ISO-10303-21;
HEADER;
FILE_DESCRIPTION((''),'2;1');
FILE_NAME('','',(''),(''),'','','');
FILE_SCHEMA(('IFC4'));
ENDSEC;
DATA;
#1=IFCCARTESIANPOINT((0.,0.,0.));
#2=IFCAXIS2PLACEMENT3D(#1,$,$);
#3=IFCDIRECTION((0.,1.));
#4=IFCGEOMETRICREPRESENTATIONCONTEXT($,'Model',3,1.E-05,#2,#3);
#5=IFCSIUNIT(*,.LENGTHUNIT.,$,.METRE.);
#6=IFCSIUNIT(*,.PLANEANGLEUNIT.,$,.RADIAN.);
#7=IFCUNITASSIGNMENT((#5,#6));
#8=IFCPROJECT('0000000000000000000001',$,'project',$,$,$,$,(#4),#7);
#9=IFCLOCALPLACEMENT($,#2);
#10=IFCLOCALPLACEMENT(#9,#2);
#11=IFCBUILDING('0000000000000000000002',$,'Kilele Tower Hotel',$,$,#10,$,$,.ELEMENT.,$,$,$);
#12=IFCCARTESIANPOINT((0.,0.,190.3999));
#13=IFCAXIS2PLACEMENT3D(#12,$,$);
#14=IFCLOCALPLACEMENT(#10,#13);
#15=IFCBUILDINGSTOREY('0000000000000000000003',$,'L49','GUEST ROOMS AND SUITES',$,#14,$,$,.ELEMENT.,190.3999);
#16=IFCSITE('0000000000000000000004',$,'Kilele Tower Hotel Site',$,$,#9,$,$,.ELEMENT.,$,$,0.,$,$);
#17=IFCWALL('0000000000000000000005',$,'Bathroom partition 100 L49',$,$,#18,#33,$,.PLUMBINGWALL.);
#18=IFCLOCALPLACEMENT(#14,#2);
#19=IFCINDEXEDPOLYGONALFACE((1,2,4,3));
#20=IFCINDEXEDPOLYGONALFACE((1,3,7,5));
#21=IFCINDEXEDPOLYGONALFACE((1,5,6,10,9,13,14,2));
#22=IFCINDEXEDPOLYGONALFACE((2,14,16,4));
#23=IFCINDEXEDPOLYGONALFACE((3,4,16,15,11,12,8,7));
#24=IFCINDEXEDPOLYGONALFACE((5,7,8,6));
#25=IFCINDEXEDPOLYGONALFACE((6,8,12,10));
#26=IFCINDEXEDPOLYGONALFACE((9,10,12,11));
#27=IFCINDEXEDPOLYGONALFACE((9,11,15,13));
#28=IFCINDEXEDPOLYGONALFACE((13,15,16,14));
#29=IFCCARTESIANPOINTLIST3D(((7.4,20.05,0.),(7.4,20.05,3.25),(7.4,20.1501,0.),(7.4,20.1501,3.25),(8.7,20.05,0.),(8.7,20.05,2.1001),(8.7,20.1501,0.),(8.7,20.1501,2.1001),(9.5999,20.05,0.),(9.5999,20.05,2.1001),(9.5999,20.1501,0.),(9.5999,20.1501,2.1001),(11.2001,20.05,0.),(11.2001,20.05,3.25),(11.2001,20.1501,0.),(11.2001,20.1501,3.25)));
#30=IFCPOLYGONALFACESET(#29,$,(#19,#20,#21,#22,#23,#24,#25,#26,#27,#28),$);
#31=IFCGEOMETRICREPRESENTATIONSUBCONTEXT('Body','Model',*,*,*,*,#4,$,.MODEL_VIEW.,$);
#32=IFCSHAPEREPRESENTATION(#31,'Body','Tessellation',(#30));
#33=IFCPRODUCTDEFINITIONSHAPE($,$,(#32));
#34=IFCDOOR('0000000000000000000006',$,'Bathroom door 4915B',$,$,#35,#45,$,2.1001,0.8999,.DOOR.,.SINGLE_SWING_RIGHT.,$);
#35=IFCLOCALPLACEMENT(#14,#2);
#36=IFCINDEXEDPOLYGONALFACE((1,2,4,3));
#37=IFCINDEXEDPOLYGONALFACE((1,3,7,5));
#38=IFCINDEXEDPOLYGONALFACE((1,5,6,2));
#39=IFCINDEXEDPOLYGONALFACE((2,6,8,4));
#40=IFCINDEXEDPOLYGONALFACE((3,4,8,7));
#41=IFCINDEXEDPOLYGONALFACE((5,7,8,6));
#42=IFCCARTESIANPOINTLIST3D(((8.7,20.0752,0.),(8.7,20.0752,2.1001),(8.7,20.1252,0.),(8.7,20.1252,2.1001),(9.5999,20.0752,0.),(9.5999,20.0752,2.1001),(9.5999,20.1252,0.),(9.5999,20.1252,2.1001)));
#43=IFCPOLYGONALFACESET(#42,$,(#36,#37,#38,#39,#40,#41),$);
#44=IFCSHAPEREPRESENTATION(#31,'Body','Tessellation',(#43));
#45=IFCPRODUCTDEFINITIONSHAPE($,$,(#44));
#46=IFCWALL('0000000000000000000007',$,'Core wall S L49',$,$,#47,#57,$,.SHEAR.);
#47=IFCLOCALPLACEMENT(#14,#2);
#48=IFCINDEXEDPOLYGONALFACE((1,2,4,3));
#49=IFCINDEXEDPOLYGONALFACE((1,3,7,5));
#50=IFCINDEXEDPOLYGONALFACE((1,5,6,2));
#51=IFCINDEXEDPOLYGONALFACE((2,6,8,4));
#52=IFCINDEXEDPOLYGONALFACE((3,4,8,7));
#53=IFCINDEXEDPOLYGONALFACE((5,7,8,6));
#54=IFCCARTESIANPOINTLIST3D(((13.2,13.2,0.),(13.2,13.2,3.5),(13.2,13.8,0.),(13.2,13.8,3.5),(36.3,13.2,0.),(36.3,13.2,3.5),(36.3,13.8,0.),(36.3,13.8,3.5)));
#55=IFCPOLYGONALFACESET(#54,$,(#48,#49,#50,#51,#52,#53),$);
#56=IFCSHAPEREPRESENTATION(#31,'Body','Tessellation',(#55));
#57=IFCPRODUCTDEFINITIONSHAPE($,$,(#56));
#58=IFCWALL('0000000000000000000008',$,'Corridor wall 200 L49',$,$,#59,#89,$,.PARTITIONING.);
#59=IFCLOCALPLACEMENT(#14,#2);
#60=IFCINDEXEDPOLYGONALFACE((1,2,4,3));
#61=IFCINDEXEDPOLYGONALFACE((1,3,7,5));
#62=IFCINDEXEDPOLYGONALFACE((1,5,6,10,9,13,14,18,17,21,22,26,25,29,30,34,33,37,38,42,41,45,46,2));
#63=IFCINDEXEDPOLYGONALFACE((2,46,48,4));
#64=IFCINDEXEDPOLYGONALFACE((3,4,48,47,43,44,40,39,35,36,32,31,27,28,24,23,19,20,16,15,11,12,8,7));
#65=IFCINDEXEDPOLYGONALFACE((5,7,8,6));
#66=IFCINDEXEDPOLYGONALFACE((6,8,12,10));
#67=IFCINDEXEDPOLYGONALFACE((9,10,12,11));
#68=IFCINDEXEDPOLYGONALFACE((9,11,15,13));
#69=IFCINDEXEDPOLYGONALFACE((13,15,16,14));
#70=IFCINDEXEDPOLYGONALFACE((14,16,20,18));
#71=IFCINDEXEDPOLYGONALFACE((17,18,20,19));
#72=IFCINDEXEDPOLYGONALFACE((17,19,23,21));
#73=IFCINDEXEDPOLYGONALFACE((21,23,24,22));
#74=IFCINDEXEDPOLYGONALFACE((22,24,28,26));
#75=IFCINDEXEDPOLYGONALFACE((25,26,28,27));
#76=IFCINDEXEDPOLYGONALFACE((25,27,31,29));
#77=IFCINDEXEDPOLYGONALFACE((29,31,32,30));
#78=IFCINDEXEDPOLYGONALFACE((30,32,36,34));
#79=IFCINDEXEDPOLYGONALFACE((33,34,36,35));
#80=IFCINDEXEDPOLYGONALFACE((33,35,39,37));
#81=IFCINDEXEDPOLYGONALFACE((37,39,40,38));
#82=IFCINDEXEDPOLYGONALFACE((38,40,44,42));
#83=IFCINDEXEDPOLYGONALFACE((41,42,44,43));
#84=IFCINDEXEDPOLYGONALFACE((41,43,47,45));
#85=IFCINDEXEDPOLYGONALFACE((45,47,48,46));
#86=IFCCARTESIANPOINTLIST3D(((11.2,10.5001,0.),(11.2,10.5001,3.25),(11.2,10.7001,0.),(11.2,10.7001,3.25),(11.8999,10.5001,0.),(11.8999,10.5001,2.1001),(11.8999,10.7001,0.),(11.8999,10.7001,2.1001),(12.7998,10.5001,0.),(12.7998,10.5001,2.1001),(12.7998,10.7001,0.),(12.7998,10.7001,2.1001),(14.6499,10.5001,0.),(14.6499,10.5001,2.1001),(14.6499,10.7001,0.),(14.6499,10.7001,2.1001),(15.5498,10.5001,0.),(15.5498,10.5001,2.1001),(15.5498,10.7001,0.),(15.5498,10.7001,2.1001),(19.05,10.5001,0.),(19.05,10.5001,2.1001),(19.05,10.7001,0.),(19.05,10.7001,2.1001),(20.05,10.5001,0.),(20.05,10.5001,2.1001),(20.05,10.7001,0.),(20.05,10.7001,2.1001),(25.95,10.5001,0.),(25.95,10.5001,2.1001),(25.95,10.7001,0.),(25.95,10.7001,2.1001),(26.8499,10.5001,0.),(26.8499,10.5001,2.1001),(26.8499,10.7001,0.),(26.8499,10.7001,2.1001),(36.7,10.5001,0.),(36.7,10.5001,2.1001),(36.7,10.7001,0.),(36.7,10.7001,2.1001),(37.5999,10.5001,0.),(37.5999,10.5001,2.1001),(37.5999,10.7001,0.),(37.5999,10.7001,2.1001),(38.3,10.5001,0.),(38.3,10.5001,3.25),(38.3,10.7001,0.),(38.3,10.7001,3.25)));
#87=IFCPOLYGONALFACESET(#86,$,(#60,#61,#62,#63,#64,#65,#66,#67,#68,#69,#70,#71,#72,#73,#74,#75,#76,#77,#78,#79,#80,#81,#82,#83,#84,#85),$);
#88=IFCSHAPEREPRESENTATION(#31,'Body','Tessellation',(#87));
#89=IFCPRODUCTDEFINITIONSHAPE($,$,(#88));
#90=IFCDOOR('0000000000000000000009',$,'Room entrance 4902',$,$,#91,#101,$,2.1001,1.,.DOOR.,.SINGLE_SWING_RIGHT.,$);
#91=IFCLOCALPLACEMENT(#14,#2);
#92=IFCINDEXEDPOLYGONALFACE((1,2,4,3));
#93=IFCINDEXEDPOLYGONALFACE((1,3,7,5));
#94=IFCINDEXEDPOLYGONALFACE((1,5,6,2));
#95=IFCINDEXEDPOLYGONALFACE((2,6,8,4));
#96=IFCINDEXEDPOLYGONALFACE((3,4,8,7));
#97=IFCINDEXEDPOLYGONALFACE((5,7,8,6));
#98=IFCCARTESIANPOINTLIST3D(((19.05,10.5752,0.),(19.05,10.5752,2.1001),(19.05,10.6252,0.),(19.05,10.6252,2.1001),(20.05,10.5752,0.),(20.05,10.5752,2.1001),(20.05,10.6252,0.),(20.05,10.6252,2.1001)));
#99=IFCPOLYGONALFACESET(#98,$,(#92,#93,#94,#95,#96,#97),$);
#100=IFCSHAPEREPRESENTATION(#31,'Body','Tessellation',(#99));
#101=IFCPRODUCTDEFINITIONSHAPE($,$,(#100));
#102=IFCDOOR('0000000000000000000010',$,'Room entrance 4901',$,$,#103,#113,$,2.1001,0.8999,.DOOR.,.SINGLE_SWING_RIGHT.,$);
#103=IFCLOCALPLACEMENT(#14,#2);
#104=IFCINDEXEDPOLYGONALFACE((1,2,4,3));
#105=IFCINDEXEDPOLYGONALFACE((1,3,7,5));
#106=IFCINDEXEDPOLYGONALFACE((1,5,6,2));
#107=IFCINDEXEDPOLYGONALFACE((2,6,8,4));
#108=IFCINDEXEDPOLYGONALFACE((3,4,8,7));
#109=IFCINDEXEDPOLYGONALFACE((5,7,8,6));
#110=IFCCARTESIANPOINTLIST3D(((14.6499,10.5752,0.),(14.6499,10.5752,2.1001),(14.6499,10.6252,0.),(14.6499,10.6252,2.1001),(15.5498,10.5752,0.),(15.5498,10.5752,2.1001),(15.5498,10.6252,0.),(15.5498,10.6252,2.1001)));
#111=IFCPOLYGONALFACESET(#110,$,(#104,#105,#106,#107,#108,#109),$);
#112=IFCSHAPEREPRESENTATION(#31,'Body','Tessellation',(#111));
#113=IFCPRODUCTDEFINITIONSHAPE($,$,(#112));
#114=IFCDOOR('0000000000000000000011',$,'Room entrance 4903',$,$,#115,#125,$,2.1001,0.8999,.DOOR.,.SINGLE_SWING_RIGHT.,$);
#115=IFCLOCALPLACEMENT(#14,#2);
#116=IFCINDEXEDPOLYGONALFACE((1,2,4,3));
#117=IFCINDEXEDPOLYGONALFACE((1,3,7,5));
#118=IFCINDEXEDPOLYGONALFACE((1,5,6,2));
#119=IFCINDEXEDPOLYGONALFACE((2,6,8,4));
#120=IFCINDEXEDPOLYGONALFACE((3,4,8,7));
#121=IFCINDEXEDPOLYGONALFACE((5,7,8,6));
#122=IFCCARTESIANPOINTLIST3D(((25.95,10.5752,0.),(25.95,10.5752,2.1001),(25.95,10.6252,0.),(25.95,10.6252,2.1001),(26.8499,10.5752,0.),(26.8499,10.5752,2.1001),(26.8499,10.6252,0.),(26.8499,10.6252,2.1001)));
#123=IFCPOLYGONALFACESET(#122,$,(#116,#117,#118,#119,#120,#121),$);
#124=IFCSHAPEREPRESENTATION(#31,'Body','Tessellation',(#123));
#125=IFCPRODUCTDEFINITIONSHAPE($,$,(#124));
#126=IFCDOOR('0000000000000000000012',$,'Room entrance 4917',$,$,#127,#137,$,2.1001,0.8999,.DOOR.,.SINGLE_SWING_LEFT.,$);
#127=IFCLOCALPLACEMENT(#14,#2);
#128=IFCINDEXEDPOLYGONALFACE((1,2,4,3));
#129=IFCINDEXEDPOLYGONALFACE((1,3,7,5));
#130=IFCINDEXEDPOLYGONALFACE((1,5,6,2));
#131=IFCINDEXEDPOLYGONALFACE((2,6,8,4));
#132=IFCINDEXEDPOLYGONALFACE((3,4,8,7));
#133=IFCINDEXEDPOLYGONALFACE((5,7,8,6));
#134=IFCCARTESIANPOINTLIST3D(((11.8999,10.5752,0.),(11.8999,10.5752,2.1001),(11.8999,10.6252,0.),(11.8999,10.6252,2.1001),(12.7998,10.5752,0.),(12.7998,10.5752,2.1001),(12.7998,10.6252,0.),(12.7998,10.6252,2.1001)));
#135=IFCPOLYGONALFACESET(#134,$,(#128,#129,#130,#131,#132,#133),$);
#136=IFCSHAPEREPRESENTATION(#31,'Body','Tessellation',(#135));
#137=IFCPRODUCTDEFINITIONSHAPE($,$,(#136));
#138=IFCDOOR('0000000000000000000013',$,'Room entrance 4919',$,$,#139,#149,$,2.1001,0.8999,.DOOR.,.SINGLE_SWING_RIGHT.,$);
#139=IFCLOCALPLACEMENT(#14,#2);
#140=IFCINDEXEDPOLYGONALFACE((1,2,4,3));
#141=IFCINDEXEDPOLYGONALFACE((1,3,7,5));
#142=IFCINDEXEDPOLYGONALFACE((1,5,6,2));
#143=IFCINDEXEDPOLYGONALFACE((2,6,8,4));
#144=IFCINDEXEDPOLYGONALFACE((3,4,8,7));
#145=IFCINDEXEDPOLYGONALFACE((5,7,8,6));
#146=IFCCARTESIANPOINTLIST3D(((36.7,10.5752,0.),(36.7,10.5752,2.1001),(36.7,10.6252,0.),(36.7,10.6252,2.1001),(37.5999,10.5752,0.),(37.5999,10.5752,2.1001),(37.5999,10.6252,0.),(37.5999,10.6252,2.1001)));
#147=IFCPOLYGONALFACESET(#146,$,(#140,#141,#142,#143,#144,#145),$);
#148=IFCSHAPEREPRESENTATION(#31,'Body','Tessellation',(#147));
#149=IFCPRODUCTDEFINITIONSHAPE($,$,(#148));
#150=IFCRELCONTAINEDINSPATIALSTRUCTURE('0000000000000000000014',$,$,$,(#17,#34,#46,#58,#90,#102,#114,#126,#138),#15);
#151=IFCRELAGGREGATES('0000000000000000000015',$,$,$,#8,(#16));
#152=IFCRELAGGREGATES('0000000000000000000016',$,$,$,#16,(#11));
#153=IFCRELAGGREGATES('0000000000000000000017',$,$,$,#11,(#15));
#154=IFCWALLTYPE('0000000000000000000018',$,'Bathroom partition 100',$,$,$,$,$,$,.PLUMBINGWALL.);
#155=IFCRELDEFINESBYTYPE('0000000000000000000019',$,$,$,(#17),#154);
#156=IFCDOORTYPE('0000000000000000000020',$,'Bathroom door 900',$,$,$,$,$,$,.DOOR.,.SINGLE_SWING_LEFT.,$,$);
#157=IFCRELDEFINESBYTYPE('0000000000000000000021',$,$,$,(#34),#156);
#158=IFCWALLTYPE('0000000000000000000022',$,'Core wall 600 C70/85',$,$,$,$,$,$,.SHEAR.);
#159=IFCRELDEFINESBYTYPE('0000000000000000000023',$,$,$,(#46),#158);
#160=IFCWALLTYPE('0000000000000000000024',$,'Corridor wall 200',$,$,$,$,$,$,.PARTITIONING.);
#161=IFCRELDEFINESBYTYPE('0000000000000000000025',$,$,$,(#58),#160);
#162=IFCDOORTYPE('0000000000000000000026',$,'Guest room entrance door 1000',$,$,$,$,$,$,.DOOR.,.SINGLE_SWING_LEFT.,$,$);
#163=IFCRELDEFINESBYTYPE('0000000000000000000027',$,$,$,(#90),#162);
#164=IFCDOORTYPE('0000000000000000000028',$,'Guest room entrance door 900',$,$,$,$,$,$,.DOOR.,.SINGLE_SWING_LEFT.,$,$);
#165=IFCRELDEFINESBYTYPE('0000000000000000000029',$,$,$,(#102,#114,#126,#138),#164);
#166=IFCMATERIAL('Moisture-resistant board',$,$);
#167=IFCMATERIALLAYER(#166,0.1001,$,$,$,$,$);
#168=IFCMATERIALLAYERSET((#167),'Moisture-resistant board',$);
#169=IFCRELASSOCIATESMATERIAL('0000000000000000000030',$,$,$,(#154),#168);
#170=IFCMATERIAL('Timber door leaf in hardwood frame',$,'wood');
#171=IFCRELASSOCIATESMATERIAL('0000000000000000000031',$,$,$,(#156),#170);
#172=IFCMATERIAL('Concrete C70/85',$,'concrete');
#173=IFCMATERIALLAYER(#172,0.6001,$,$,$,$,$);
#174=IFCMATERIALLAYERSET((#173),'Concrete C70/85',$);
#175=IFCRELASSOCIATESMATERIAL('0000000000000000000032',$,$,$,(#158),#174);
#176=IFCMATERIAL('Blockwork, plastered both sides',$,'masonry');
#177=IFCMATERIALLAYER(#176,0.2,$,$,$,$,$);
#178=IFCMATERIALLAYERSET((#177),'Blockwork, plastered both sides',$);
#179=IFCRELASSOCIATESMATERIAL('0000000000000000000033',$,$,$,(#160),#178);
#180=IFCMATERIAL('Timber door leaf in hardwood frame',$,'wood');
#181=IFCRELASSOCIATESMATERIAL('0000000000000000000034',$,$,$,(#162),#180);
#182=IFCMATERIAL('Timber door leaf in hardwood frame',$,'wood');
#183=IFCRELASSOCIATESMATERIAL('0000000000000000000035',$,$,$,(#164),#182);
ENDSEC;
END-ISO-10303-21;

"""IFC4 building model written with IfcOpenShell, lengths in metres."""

from ifc_helpers import new_model, si_unit, direction, frame, frame_2d, origin, place, context, subcontext, project, spatial, rectangle, extrude, material, layer, layer_set, type_object, element, fill, save


model = new_model("IFC4")

# Units and contexts
model_context = context("Model", 3, precision=1e-05, world=origin(), true_north=direction((0.0, 1.0)))
body_context = subcontext(model_context, "Body", "Model", "MODEL_VIEW")
ifc_project = project(units=[si_unit("LENGTHUNIT", "METRE"), si_unit("PLANEANGLEUNIT", "RADIAN")], contexts=[model_context])

# Site, building, storey
site_placement = place(None, origin())
site = spatial("IfcSite", under=ifc_project, at=site_placement, Name="Kilele Tower Hotel Site", CompositionType="ELEMENT", RefElevation=0.0)
building_placement = place(site_placement, origin())
building = spatial("IfcBuilding", under=site, at=building_placement, Name="Kilele Tower Hotel", CompositionType="ELEMENT")
storey_placement = place(building_placement, frame((0.0, 0.0, 190.3999)))
storey = spatial("IfcBuildingStorey", under=building, at=storey_placement, Name="L49", Description="GUEST ROOMS AND SUITES", CompositionType="ELEMENT", Elevation=190.3999)

# Wall, opening, door
ifc_material_1 = material(Name="Moisture-resistant board")
ifc_layer_1 = layer(ifc_material_1, 0.1001)
ifc_layer_set_1 = layer_set([ifc_layer_1], Name="Moisture-resistant board")
wall_type_1 = type_object("IfcWallType", Name="Bathroom partition 100", PredefinedType="PLUMBINGWALL", material=ifc_layer_set_1)
wall_1_placement = place(storey_placement, frame((11.2, 20.1001, 0.0), z_axis=(0.0, 0.0, 1.0), x_axis=(-1.0, 0.0, 0.0)))
wall_1 = element("IfcWall", 1, at=wall_1_placement, inside=storey, type_object=wall_type_1, Name="Bathroom partition 100 L49", PredefinedType="PLUMBINGWALL", context=body_context, shape_type="SweptSolid", body=[
    extrude(rectangle(XDim=3.8, YDim=0.1001, at=frame_2d((1.8999, 0.0))), origin(), (0.0, 0.0, 1.0), 3.25),
])
opening_1_placement = place(wall_1_placement, frame((1.6001, 0.0, 0.0)))
opening_1 = element("IfcOpeningElement", 2, at=opening_1_placement, cuts=wall_1, PredefinedType="OPENING", context=body_context, shape_type="SweptSolid", body=[
    extrude(rectangle(XDim=0.8999, YDim=2.1001, at=frame_2d((0.45, 1.05))), frame((0.0, 0.0601, 0.0), z_axis=(0.0, -1.0, 0.0), x_axis=(1.0, 0.0, 0.0)), (0.0, 0.0, 1.0), 0.1201),
])
ifc_material_2 = material(Name="Timber door leaf in hardwood frame", Category="wood")
door_type_1 = type_object("IfcDoorType", Name="Bathroom door 900", OperationType="SINGLE_SWING_LEFT", PredefinedType="DOOR", material=ifc_material_2)
door_1_placement = place(opening_1_placement, origin())
door_1 = element("IfcDoor", 3, at=door_1_placement, inside=storey, type_object=door_type_1, Name="Bathroom door 4915B", OperationType="SINGLE_SWING_RIGHT", OverallHeight=2.1001, OverallWidth=0.8999, PredefinedType="DOOR", context=body_context, shape_type="SweptSolid", body=[
    extrude(rectangle(XDim=0.8999, YDim=2.1001, at=frame_2d((0.45, 1.05))), frame((0.0, 0.0249, 0.0), z_axis=(0.0, -1.0, 0.0), x_axis=(1.0, 0.0, 0.0)), (0.0, 0.0, 1.0), 0.05),
])
fill(opening_1, door_1)

# Wall
ifc_material_3 = material(Name="Concrete C70/85", Category="concrete")
ifc_layer_2 = layer(ifc_material_3, 0.6001)
ifc_layer_set_2 = layer_set([ifc_layer_2], Name="Concrete C70/85")
wall_type_2 = type_object("IfcWallType", Name="Core wall 600 C70/85", PredefinedType="SHEAR", material=ifc_layer_set_2)
wall_2_placement = place(storey_placement, frame((13.2, 13.5, 0.0), z_axis=(0.0, 0.0, 1.0), x_axis=(1.0, 0.0, 0.0)))
element("IfcWall", 4, at=wall_2_placement, inside=storey, type_object=wall_type_2, Name="Core wall S L49", PredefinedType="SHEAR", context=body_context, shape_type="SweptSolid", body=[
    extrude(rectangle(XDim=23.1001, YDim=0.6001, at=frame_2d((11.55, 0.0))), origin(), (0.0, 0.0, 1.0), 3.5),
])

# Wall, openings, doors
ifc_material_4 = material(Name="Blockwork, plastered both sides", Category="masonry")
ifc_layer_3 = layer(ifc_material_4, 0.2)
ifc_layer_set_3 = layer_set([ifc_layer_3], Name="Blockwork, plastered both sides")
wall_type_3 = type_object("IfcWallType", Name="Corridor wall 200", PredefinedType="PARTITIONING", material=ifc_layer_set_3)
wall_3_placement = place(storey_placement, frame((11.2, 10.6001, 0.0), z_axis=(0.0, 0.0, 1.0), x_axis=(1.0, 0.0, 0.0)))
wall_3 = element("IfcWall", 5, at=wall_3_placement, inside=storey, type_object=wall_type_3, Name="Corridor wall 200 L49", PredefinedType="PARTITIONING", context=body_context, shape_type="SweptSolid", body=[
    extrude(rectangle(XDim=27.1001, YDim=0.2, at=frame_2d((13.55, 0.0))), origin(), (0.0, 0.0, 1.0), 3.25),
])
opening_2_placement = place(wall_3_placement, frame((4.3499, 0.0, 0.0), z_axis=(0.0, 0.0, 1.0), x_axis=(-1.0, 0.0, 0.0)))
opening_2 = element("IfcOpeningElement", 6, at=opening_2_placement, cuts=wall_3, PredefinedType="OPENING", context=body_context, shape_type="SweptSolid", body=[
    extrude(rectangle(XDim=0.8999, YDim=2.1001, at=frame_2d((0.45, 1.05))), frame((0.0, 0.1099, 0.0), z_axis=(0.0, -1.0, 0.0), x_axis=(1.0, 0.0, 0.0)), (0.0, 0.0, 1.0), 0.22),
])
opening_3_placement = place(wall_3_placement, frame((8.8501, 0.0, 0.0), z_axis=(0.0, 0.0, 1.0), x_axis=(-1.0, 0.0, 0.0)))
opening_3 = element("IfcOpeningElement", 7, at=opening_3_placement, cuts=wall_3, PredefinedType="OPENING", context=body_context, shape_type="SweptSolid", body=[
    extrude(rectangle(XDim=1.0, YDim=2.1001, at=frame_2d((0.5, 1.05))), frame((0.0, 0.1099, 0.0), z_axis=(0.0, -1.0, 0.0), x_axis=(1.0, 0.0, 0.0)), (0.0, 0.0, 1.0), 0.22),
])
opening_4_placement = place(wall_3_placement, frame((15.6499, 0.0, 0.0), z_axis=(0.0, 0.0, 1.0), x_axis=(-1.0, 0.0, 0.0)))
opening_4 = element("IfcOpeningElement", 8, at=opening_4_placement, cuts=wall_3, PredefinedType="OPENING", context=body_context, shape_type="SweptSolid", body=[
    extrude(rectangle(XDim=0.8999, YDim=2.1001, at=frame_2d((0.45, 1.05))), frame((0.0, 0.1099, 0.0), z_axis=(0.0, -1.0, 0.0), x_axis=(1.0, 0.0, 0.0)), (0.0, 0.0, 1.0), 0.22),
])
opening_5_placement = place(wall_3_placement, frame((1.5999, 0.0, 0.0), z_axis=(0.0, 0.0, 1.0), x_axis=(-1.0, 0.0, 0.0)))
opening_5 = element("IfcOpeningElement", 9, at=opening_5_placement, cuts=wall_3, PredefinedType="OPENING", context=body_context, shape_type="SweptSolid", body=[
    extrude(rectangle(XDim=0.8999, YDim=2.1001, at=frame_2d((0.45, 1.05))), frame((0.0, 0.1099, 0.0), z_axis=(0.0, -1.0, 0.0), x_axis=(1.0, 0.0, 0.0)), (0.0, 0.0, 1.0), 0.22),
])
opening_6_placement = place(wall_3_placement, frame((26.3999, 0.0, 0.0), z_axis=(0.0, 0.0, 1.0), x_axis=(-1.0, 0.0, 0.0)))
opening_6 = element("IfcOpeningElement", 10, at=opening_6_placement, cuts=wall_3, PredefinedType="OPENING", context=body_context, shape_type="SweptSolid", body=[
    extrude(rectangle(XDim=0.8999, YDim=2.1001, at=frame_2d((0.45, 1.05))), frame((0.0, 0.1099, 0.0), z_axis=(0.0, -1.0, 0.0), x_axis=(1.0, 0.0, 0.0)), (0.0, 0.0, 1.0), 0.22),
])
ifc_material_5 = material(Name="Timber door leaf in hardwood frame", Category="wood")
door_type_2 = type_object("IfcDoorType", Name="Guest room entrance door 1000", OperationType="SINGLE_SWING_LEFT", PredefinedType="DOOR", material=ifc_material_5)
door_2_placement = place(opening_3_placement, origin())
door_2 = element("IfcDoor", 11, at=door_2_placement, inside=storey, type_object=door_type_2, Name="Room entrance 4902", OperationType="SINGLE_SWING_RIGHT", OverallHeight=2.1001, OverallWidth=1.0, PredefinedType="DOOR", context=body_context, shape_type="SweptSolid", body=[
    extrude(rectangle(XDim=1.0, YDim=2.1001, at=frame_2d((0.5, 1.05))), frame((0.0, 0.0249, 0.0), z_axis=(0.0, -1.0, 0.0), x_axis=(1.0, 0.0, 0.0)), (0.0, 0.0, 1.0), 0.05),
])
fill(opening_3, door_2)
ifc_material_6 = material(Name="Timber door leaf in hardwood frame", Category="wood")
door_type_3 = type_object("IfcDoorType", Name="Guest room entrance door 900", OperationType="SINGLE_SWING_LEFT", PredefinedType="DOOR", material=ifc_material_6)
door_3_placement = place(opening_2_placement, origin())
door_3 = element("IfcDoor", 12, at=door_3_placement, inside=storey, type_object=door_type_3, Name="Room entrance 4901", OperationType="SINGLE_SWING_RIGHT", OverallHeight=2.1001, OverallWidth=0.8999, PredefinedType="DOOR", context=body_context, shape_type="SweptSolid", body=[
    extrude(rectangle(XDim=0.8999, YDim=2.1001, at=frame_2d((0.45, 1.05))), frame((0.0, 0.0249, 0.0), z_axis=(0.0, -1.0, 0.0), x_axis=(1.0, 0.0, 0.0)), (0.0, 0.0, 1.0), 0.05),
])
fill(opening_2, door_3)
door_4_placement = place(opening_4_placement, origin())
door_4 = element("IfcDoor", 13, at=door_4_placement, inside=storey, type_object=door_type_3, Name="Room entrance 4903", OperationType="SINGLE_SWING_RIGHT", OverallHeight=2.1001, OverallWidth=0.8999, PredefinedType="DOOR", context=body_context, shape_type="SweptSolid", body=[
    extrude(rectangle(XDim=0.8999, YDim=2.1001, at=frame_2d((0.45, 1.05))), frame((0.0, 0.0249, 0.0), z_axis=(0.0, -1.0, 0.0), x_axis=(1.0, 0.0, 0.0)), (0.0, 0.0, 1.0), 0.05),
])
fill(opening_4, door_4)
door_5_placement = place(opening_5_placement, origin())
door_5 = element("IfcDoor", 14, at=door_5_placement, inside=storey, type_object=door_type_3, Name="Room entrance 4917", OperationType="SINGLE_SWING_LEFT", OverallHeight=2.1001, OverallWidth=0.8999, PredefinedType="DOOR", context=body_context, shape_type="SweptSolid", body=[
    extrude(rectangle(XDim=0.8999, YDim=2.1001, at=frame_2d((0.45, 1.05))), frame((0.0, 0.0249, 0.0), z_axis=(0.0, -1.0, 0.0), x_axis=(1.0, 0.0, 0.0)), (0.0, 0.0, 1.0), 0.05),
])
fill(opening_5, door_5)
door_6_placement = place(opening_6_placement, origin())
door_6 = element("IfcDoor", 15, at=door_6_placement, inside=storey, type_object=door_type_3, Name="Room entrance 4919", OperationType="SINGLE_SWING_RIGHT", OverallHeight=2.1001, OverallWidth=0.8999, PredefinedType="DOOR", context=body_context, shape_type="SweptSolid", body=[
    extrude(rectangle(XDim=0.8999, YDim=2.1001, at=frame_2d((0.45, 1.05))), frame((0.0, 0.0249, 0.0), z_axis=(0.0, -1.0, 0.0), x_axis=(1.0, 0.0, 0.0)), (0.0, 0.0, 1.0), 0.05),
])
fill(opening_6, door_6)

save(model, "model.ifc")
